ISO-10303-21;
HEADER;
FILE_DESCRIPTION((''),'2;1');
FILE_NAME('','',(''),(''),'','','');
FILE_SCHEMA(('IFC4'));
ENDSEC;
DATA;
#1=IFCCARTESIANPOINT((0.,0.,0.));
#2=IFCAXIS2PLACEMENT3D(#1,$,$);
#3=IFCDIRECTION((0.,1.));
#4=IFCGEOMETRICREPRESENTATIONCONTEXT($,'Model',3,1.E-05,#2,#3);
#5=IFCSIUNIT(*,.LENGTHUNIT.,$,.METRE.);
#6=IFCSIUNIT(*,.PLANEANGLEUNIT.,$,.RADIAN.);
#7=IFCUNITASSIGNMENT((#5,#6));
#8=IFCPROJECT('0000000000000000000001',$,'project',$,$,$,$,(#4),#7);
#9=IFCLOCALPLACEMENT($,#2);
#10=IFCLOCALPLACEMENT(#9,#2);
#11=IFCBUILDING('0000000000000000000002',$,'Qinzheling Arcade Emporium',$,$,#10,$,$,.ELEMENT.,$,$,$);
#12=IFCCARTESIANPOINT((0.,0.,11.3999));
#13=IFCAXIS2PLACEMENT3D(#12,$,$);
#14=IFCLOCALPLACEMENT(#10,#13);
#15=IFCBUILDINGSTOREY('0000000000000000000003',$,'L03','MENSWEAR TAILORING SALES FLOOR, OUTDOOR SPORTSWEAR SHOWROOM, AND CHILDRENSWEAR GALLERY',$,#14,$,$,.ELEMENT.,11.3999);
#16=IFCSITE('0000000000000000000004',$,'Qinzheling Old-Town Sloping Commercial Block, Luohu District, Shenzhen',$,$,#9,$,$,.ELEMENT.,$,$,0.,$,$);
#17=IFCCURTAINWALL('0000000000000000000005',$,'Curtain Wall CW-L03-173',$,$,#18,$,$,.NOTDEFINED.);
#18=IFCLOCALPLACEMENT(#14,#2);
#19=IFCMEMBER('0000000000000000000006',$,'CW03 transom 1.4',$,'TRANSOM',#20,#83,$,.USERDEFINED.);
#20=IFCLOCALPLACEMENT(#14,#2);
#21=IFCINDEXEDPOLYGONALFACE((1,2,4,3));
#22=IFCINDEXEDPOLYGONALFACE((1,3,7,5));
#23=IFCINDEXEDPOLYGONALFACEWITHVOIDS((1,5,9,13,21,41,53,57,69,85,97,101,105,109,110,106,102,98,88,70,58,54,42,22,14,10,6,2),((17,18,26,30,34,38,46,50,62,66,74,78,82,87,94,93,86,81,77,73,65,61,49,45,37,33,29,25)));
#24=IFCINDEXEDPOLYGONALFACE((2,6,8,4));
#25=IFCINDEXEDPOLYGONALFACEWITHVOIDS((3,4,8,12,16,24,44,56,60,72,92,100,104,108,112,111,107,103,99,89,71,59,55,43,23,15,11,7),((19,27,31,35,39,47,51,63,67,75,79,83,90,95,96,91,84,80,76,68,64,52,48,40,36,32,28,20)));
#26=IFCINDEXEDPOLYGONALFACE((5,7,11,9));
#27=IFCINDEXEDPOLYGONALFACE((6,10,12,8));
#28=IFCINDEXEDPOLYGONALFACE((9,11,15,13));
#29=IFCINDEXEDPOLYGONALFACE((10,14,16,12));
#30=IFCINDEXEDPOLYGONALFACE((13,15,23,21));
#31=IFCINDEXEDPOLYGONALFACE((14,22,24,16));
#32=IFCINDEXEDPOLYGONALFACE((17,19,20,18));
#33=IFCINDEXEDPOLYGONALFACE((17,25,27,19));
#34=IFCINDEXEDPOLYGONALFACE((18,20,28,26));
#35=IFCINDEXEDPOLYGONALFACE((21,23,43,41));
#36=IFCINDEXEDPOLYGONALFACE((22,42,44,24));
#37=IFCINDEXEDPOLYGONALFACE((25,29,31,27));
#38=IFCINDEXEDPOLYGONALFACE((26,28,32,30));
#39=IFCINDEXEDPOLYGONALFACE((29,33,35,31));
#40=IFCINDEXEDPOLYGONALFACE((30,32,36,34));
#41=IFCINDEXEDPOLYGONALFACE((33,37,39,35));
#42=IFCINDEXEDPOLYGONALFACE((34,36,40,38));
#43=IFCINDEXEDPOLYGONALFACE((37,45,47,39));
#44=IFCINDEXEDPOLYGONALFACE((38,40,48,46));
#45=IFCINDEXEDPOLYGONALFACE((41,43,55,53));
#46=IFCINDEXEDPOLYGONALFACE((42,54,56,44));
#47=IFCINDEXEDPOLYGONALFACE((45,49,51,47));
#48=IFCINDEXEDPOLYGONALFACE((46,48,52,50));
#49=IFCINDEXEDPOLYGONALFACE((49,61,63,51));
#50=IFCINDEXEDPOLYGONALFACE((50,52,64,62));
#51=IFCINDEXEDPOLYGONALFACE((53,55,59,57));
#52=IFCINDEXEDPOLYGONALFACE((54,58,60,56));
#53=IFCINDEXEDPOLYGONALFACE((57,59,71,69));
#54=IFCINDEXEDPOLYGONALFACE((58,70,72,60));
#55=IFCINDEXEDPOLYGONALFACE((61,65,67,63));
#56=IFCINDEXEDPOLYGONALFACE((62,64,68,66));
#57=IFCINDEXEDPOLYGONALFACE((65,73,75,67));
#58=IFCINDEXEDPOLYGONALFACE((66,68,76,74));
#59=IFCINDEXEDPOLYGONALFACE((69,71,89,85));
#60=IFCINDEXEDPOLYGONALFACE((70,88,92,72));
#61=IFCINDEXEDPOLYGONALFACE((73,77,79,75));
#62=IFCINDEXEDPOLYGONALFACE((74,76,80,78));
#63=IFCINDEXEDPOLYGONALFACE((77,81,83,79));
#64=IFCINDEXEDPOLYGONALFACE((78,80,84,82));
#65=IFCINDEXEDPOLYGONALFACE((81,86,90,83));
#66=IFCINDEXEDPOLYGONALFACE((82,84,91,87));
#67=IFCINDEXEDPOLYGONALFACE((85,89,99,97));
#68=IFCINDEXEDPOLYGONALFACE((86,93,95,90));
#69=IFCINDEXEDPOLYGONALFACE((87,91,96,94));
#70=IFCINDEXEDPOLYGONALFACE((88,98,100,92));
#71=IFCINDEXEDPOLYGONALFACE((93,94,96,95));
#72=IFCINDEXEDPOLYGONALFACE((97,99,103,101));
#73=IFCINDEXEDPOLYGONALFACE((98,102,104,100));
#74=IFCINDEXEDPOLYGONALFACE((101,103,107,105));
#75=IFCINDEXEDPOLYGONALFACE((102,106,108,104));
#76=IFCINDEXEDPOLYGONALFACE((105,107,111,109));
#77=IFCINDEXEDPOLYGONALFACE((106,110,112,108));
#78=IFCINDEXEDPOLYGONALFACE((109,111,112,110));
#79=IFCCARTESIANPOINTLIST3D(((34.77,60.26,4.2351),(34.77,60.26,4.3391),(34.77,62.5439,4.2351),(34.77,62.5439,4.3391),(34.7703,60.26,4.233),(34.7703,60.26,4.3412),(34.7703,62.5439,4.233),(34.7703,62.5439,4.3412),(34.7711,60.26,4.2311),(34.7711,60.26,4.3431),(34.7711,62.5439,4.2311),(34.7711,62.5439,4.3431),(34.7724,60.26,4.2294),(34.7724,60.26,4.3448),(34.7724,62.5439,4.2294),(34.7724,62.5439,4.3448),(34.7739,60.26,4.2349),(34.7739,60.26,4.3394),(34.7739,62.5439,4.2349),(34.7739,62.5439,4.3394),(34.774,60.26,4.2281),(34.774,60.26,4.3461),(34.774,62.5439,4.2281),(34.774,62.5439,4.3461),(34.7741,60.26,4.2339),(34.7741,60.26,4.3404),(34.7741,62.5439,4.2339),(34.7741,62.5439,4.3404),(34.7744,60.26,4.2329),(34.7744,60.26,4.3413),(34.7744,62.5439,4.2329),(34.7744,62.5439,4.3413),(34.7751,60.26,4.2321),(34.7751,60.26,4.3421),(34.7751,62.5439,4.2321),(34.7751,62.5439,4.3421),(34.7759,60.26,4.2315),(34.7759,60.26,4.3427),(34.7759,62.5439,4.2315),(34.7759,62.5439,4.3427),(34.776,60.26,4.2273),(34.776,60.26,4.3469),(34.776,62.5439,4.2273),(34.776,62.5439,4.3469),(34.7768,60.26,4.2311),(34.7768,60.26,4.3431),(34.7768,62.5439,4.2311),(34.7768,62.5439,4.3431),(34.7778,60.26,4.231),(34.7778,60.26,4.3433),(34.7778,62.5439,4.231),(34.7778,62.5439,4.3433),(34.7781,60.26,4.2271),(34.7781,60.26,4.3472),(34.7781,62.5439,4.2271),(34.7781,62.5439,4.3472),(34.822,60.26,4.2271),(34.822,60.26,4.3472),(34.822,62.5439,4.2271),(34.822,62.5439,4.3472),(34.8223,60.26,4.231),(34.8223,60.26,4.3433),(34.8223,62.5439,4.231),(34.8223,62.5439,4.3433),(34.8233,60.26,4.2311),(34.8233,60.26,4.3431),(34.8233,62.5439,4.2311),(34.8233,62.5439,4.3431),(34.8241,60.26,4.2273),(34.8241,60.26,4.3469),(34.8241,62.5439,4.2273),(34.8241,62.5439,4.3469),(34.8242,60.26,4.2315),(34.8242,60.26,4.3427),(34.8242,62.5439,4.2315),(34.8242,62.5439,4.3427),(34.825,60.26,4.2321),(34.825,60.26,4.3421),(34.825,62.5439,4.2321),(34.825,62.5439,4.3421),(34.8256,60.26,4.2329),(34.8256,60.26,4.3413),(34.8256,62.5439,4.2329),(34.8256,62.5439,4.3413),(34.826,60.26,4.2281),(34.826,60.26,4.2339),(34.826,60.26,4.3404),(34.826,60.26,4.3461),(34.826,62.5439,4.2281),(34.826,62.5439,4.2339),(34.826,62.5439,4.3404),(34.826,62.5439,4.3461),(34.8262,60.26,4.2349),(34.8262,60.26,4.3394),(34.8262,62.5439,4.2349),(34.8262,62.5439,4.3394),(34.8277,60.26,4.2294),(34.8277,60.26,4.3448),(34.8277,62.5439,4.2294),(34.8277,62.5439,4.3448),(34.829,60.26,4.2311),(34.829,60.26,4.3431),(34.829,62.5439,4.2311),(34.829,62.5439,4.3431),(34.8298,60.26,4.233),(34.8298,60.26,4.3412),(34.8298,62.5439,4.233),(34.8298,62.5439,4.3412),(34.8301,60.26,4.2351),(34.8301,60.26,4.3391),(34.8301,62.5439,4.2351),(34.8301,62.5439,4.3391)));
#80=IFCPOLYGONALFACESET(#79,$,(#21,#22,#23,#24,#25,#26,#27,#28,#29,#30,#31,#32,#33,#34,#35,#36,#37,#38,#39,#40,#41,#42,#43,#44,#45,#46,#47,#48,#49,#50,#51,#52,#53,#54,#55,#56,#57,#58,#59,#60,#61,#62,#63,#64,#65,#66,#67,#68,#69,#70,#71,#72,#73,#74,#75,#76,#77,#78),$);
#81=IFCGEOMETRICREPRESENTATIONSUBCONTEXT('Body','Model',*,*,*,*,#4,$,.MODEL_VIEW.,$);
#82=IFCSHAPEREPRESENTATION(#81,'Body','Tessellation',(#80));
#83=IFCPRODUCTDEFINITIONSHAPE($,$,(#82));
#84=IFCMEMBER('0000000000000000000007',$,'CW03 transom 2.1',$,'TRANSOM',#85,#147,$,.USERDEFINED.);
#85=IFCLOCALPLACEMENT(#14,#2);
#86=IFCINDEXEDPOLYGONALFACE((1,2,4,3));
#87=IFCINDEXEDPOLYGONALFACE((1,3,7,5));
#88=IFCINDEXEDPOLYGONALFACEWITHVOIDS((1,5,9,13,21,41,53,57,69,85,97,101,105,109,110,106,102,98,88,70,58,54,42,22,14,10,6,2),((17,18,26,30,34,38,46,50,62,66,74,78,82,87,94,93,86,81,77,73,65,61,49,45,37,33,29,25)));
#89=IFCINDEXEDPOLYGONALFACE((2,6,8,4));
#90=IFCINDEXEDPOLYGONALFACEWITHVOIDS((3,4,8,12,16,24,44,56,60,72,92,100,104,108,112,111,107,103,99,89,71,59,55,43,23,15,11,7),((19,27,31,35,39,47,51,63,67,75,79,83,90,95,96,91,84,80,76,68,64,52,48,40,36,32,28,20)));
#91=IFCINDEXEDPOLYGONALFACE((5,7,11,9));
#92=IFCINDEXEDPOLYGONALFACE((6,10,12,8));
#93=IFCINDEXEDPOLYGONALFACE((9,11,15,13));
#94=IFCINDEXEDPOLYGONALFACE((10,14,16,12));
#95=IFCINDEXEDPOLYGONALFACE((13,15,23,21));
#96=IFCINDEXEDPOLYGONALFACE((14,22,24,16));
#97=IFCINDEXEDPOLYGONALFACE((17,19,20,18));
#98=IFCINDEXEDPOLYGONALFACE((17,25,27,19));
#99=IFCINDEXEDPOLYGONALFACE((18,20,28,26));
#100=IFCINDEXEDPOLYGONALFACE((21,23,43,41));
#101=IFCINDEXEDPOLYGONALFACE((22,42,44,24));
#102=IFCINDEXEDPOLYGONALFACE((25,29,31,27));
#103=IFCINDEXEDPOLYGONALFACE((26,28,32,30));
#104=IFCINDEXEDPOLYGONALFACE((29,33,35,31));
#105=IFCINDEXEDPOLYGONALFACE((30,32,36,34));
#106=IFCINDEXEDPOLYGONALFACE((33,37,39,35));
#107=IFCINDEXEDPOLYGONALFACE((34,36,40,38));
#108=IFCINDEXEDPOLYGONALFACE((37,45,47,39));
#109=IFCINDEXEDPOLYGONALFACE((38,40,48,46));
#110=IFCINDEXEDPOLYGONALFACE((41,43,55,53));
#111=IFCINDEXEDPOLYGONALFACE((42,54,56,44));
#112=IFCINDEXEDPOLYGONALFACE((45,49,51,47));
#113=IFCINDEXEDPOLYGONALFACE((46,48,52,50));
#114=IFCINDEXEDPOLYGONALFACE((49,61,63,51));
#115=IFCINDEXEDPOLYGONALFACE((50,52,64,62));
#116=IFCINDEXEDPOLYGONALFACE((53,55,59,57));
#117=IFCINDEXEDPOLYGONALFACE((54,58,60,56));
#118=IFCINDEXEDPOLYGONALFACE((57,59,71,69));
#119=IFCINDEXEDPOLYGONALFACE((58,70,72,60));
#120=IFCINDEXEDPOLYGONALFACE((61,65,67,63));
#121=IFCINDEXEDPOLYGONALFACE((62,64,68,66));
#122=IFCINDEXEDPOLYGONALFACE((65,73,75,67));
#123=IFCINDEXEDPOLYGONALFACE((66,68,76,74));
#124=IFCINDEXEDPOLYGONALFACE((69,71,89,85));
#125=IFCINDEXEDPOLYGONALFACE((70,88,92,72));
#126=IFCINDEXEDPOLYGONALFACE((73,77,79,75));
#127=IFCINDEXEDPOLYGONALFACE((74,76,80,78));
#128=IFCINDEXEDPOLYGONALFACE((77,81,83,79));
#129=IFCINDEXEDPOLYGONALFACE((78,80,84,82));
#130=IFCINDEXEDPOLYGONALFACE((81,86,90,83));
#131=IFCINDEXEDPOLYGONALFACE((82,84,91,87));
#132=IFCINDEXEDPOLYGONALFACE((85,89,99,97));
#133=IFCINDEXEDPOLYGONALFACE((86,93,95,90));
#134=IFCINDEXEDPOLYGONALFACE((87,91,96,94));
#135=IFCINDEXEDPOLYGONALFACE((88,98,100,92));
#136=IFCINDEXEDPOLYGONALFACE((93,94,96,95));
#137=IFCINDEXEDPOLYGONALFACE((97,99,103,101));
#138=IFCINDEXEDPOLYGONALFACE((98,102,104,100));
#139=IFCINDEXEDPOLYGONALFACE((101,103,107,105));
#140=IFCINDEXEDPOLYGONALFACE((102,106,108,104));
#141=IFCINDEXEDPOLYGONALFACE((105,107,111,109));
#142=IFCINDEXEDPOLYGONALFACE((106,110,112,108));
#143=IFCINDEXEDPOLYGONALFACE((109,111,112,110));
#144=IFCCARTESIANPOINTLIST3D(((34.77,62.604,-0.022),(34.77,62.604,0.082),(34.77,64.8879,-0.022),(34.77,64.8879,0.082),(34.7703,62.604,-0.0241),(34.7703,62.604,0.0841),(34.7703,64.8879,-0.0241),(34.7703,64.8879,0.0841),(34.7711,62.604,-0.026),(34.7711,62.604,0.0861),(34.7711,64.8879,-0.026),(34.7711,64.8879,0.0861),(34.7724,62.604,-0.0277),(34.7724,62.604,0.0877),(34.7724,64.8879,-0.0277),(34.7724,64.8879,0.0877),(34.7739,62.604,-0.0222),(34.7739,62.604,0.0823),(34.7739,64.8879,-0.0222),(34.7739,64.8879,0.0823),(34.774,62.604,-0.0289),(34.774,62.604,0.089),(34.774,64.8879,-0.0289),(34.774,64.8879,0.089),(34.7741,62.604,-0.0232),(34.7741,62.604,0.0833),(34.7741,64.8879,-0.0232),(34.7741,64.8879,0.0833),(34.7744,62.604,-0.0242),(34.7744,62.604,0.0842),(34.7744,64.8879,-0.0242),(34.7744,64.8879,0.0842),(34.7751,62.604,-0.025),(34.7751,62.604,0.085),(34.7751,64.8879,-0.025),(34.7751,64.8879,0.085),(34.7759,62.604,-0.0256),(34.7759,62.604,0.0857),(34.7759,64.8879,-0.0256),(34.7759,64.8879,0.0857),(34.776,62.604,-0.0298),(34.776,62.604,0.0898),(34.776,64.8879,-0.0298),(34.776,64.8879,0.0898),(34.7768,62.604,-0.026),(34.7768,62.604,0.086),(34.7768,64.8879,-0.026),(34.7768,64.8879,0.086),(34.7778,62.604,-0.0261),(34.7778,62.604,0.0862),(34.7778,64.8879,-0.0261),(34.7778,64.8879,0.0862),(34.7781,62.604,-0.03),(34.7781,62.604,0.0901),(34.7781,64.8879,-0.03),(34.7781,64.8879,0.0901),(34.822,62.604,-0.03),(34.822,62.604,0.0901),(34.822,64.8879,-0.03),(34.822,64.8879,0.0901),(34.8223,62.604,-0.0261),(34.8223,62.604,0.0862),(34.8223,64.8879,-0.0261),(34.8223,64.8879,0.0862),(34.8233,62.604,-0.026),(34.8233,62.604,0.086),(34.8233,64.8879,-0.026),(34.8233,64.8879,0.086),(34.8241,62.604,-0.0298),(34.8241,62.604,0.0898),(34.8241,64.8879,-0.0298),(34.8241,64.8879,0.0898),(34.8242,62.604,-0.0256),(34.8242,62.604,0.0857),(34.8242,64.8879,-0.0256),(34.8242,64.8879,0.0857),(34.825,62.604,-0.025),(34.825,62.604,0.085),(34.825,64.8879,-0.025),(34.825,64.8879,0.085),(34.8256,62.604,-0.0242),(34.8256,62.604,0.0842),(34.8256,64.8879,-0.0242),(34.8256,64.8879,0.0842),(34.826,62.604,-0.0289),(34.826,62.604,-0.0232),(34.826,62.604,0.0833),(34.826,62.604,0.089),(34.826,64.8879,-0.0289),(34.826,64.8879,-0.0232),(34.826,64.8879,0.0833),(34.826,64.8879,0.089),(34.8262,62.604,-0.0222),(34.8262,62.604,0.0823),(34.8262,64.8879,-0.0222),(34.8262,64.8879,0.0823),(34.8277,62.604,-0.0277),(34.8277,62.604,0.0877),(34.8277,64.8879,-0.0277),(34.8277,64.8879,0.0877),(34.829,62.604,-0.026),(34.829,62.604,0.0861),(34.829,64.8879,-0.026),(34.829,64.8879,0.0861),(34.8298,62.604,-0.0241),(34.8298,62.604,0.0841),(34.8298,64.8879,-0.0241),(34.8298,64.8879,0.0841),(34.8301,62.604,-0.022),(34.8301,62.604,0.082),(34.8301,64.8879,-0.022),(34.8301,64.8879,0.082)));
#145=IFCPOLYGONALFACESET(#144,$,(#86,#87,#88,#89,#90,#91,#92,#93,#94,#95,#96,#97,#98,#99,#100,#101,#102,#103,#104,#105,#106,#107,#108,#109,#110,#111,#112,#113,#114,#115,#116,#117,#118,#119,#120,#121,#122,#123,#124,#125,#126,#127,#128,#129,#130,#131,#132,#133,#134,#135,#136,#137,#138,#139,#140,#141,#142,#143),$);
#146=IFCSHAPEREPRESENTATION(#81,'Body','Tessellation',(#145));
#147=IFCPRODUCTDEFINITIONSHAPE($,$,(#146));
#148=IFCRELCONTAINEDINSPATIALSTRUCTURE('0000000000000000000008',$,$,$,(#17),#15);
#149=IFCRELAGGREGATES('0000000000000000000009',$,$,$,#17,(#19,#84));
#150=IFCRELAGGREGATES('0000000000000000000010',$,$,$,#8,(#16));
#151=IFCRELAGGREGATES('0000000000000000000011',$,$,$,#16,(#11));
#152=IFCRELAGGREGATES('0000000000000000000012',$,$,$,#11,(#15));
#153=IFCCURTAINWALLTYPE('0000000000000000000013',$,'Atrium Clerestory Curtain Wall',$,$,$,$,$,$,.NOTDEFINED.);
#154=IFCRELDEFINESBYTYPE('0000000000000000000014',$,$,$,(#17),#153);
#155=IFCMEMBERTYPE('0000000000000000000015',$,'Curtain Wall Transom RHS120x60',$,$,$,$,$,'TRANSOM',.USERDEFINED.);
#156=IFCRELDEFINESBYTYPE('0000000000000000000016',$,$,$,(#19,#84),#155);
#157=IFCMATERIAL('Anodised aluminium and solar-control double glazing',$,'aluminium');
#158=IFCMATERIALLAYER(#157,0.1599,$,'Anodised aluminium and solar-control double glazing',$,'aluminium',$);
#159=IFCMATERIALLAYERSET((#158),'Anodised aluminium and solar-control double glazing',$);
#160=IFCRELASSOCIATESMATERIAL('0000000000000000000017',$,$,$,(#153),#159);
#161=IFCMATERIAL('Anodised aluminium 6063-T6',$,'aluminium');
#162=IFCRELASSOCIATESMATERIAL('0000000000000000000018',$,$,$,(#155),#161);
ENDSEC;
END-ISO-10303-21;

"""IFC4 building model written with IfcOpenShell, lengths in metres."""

from ifc_helpers import new_model, si_unit, direction, frame, origin, origin_2d, place, context, subcontext, project, spatial, hollow_rectangle, extrude, material, layer, layer_set, material_profile, profile_set, type_object, element, aggregate, save


model = new_model("IFC4")

# Units and contexts
model_context = context("Model", 3, precision=1e-05, world=origin(), true_north=direction((0.0, 1.0)))
body_context = subcontext(model_context, "Body", "Model", "MODEL_VIEW")
ifc_project = project(units=[si_unit("LENGTHUNIT", "METRE"), si_unit("PLANEANGLEUNIT", "RADIAN")], contexts=[model_context])

# Site, building, storey
site_placement = place(None, origin())
site = spatial("IfcSite", under=ifc_project, at=site_placement, Name="Qinzheling Old-Town Sloping Commercial Block, Luohu District, Shenzhen", CompositionType="ELEMENT", RefElevation=0.0)
building_placement = place(site_placement, origin())
building = spatial("IfcBuilding", under=site, at=building_placement, Name="Qinzheling Arcade Emporium", CompositionType="ELEMENT")
storey_placement = place(building_placement, frame((0.0, 0.0, 11.3999)))
storey = spatial("IfcBuildingStorey", under=building, at=storey_placement, Name="L03", Description="MENSWEAR TAILORING SALES FLOOR, OUTDOOR SPORTSWEAR SHOWROOM, AND CHILDRENSWEAR GALLERY", CompositionType="ELEMENT", Elevation=11.3999)

# Curtain wall, members
ifc_material_1 = material(Name="Anodised aluminium and solar-control double glazing", Category="aluminium")
ifc_layer_1 = layer(ifc_material_1, 0.1599, Name="Anodised aluminium and solar-control double glazing", Category="aluminium")
ifc_layer_set_1 = layer_set([ifc_layer_1], Name="Anodised aluminium and solar-control double glazing")
curtain_wall_type = type_object("IfcCurtainWallType", Name="Atrium Clerestory Curtain Wall", PredefinedType="NOTDEFINED", material=ifc_layer_set_1)
curtain_wall_placement = place(storey_placement, origin())
curtain_wall = element("IfcCurtainWall", 1, at=curtain_wall_placement, inside=storey, type_object=curtain_wall_type, Name="Curtain Wall CW-L03-173", PredefinedType="NOTDEFINED")
ifc_material_2 = material(Name="Anodised aluminium 6063-T6", Category="aluminium")
ifc_material_profile_1 = material_profile(ifc_material_2, hollow_rectangle(XDim=0.0601, YDim=0.1201, WallThickness=0.0039, InnerFilletRadius=0.0039, OuterFilletRadius=0.0081, at=origin_2d()), Name="RHS 120x60x4", Category="aluminium")
ifc_profile_set_1 = profile_set([ifc_material_profile_1], Name="Anodised aluminium 6063-T6")
member_type_1 = type_object("IfcMemberType", Name="Curtain Wall Transom RHS120x60", ElementType="TRANSOM", PredefinedType="USERDEFINED", material=ifc_profile_set_1)
member_1_placement = place(storey_placement, frame((34.8, 60.26, 4.2871), z_axis=(0.0, 1.0, 0.0), x_axis=(-1.0, 0.0, 0.0)))
member_1 = element("IfcMember", 2, at=member_1_placement, type_object=member_type_1, Name="CW03 transom 1.4", ObjectType="TRANSOM", PredefinedType="USERDEFINED", context=body_context, shape_type="SweptSolid", body=[
    extrude(hollow_rectangle(XDim=0.0601, YDim=0.1201, WallThickness=0.0039, InnerFilletRadius=0.0039, OuterFilletRadius=0.0081, at=origin_2d()), origin(), (0.0, 0.0, 1.0), 2.2839),
])
member_2_placement = place(storey_placement, frame((34.8, 62.604, 0.03), z_axis=(0.0, 1.0, 0.0), x_axis=(-1.0, 0.0, 0.0)))
member_2 = element("IfcMember", 3, at=member_2_placement, type_object=member_type_1, Name="CW03 transom 2.1", ObjectType="TRANSOM", PredefinedType="USERDEFINED", context=body_context, shape_type="SweptSolid", body=[
    extrude(hollow_rectangle(XDim=0.0601, YDim=0.1201, WallThickness=0.0039, InnerFilletRadius=0.0039, OuterFilletRadius=0.0081, at=origin_2d()), origin(), (0.0, 0.0, 1.0), 2.2839),
])
aggregate(curtain_wall, [member_1, member_2])

save(model, "model.ifc")
